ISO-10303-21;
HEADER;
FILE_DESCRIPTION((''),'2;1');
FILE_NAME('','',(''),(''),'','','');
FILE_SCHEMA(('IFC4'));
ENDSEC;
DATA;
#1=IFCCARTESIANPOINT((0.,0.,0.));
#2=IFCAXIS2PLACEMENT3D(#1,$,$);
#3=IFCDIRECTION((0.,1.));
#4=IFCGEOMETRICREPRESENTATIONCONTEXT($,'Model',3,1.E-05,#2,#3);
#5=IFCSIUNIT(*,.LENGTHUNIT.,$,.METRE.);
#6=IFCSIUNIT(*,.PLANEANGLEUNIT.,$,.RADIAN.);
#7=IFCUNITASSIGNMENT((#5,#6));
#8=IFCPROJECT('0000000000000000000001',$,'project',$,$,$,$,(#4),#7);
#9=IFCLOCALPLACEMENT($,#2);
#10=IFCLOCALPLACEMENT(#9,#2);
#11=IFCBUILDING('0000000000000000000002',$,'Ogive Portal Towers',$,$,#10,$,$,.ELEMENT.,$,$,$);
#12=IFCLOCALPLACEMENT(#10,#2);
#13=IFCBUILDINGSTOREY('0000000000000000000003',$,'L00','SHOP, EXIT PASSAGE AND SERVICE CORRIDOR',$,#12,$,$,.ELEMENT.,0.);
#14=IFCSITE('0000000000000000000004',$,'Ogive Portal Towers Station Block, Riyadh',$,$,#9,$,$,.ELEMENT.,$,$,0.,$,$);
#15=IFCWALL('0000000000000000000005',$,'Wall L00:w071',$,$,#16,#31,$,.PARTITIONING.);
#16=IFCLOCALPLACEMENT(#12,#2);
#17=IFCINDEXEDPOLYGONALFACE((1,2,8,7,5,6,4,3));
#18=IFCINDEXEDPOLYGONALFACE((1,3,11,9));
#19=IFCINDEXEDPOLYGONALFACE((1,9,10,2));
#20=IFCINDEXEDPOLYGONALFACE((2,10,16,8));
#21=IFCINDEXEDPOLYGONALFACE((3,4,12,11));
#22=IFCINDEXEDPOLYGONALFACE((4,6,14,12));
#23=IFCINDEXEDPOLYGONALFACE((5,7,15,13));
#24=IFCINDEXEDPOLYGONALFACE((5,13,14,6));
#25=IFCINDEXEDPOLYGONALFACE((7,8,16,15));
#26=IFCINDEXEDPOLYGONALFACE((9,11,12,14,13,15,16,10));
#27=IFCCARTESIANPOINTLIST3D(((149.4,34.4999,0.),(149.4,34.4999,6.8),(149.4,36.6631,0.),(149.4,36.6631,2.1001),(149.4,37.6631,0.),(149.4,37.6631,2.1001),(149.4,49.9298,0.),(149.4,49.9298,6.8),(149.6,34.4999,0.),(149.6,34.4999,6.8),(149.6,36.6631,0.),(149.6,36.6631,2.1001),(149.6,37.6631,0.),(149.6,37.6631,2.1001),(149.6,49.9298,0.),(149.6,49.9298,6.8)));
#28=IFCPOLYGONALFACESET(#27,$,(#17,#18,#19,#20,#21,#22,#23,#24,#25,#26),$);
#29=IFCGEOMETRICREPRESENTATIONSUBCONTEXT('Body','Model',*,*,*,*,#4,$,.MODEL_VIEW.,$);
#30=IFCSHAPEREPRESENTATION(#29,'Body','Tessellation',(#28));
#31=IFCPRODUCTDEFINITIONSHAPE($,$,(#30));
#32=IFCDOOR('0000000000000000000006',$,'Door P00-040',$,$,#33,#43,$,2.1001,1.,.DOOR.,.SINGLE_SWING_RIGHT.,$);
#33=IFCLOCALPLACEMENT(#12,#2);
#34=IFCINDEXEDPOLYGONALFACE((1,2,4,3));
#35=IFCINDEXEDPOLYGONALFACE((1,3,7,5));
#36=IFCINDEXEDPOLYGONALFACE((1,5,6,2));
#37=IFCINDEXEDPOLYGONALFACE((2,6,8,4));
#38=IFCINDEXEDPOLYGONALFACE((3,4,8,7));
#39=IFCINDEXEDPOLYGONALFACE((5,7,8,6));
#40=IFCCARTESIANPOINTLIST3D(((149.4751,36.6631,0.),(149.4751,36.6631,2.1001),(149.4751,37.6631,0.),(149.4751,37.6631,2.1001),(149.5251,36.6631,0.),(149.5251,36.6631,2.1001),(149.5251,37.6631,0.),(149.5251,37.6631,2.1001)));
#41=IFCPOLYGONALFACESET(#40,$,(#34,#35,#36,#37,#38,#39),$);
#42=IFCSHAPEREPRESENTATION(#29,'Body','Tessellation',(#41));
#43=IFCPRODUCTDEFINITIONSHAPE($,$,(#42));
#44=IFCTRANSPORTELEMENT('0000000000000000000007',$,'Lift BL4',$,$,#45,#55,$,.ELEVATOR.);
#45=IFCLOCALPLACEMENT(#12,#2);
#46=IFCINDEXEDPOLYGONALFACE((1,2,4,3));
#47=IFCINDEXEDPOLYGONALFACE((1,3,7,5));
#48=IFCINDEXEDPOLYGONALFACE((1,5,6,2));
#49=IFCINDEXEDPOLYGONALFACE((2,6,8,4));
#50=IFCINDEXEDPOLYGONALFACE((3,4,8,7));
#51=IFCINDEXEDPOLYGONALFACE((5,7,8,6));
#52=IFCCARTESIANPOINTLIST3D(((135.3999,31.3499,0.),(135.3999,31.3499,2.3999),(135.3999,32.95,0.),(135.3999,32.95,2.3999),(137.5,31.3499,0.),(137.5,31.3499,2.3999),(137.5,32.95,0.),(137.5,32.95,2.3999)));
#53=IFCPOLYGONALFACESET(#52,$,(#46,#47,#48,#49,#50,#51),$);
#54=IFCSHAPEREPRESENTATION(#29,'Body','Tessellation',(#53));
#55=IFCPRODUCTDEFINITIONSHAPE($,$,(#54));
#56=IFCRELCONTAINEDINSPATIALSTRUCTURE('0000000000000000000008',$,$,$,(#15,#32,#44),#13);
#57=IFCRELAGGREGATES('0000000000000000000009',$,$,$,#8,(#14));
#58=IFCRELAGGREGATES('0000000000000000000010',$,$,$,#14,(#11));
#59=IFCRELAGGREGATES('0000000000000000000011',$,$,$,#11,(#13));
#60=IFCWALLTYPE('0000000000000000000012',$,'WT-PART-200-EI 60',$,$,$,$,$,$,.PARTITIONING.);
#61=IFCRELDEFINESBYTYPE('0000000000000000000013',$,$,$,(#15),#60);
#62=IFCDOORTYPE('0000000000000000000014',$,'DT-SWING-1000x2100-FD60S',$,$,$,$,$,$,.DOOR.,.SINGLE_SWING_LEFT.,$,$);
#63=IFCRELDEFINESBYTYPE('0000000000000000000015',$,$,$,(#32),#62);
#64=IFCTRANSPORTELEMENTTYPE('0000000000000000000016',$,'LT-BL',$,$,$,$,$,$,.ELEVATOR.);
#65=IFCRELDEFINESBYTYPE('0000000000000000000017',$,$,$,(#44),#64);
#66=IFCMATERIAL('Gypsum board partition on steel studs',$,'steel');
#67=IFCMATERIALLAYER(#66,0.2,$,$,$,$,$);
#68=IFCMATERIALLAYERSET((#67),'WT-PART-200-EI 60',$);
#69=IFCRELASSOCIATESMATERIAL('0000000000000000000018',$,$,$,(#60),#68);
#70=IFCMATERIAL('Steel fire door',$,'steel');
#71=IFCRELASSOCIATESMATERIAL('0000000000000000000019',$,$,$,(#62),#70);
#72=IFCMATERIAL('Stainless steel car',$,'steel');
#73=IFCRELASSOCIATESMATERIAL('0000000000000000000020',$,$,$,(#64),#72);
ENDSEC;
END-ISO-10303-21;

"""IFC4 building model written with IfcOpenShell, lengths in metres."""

from ifc_helpers import new_model, si_unit, direction, frame, frame_2d, origin, origin_2d, place, context, subcontext, project, spatial, rectangle, extrude, material, layer, layer_set, type_object, element, fill, save


model = new_model("IFC4")

# Units and contexts
model_context = context("Model", 3, precision=1e-05, world=origin(), true_north=direction((0.0, 1.0)))
body_context = subcontext(model_context, "Body", "Model", "MODEL_VIEW")
ifc_project = project(units=[si_unit("LENGTHUNIT", "METRE"), si_unit("PLANEANGLEUNIT", "RADIAN")], contexts=[model_context])

# Site, building, storey
site_placement = place(None, origin())
site = spatial("IfcSite", under=ifc_project, at=site_placement, Name="Ogive Portal Towers Station Block, Riyadh", CompositionType="ELEMENT", RefElevation=0.0)
building_placement = place(site_placement, origin())
building = spatial("IfcBuilding", under=site, at=building_placement, Name="Ogive Portal Towers", CompositionType="ELEMENT")
storey_placement = place(building_placement, origin())
storey = spatial("IfcBuildingStorey", under=building, at=storey_placement, Name="L00", Description="SHOP, EXIT PASSAGE AND SERVICE CORRIDOR", CompositionType="ELEMENT", Elevation=0.0)

# Shared definitions
ifc_material_1 = material(Name="Gypsum board partition on steel studs", Category="steel")
ifc_layer_1 = layer(ifc_material_1, 0.2)
ifc_layer_set_1 = layer_set([ifc_layer_1], Name="WT-PART-200-EI 60")
wall_type_1 = type_object("IfcWallType", Name="WT-PART-200-EI 60", PredefinedType="PARTITIONING", material=ifc_layer_set_1)

# Shared definitions
ifc_material_2 = material(Name="Steel fire door", Category="steel")

# Wall, opening, door
door_type_1 = type_object("IfcDoorType", Name="DT-SWING-1000x2100-FD60S", OperationType="SINGLE_SWING_LEFT", PredefinedType="DOOR", material=ifc_material_2)
wall_1_placement = place(storey_placement, frame((149.5, 34.5, 0.0), z_axis=(0.0, 0.0, 1.0), x_axis=(0.0, 1.0, 0.0)))
wall_1 = element("IfcWall", 1, at=wall_1_placement, inside=storey, type_object=wall_type_1, Name="Wall L00:w071", PredefinedType="PARTITIONING", context=body_context, shape_type="SweptSolid", body=[
    extrude(rectangle(XDim=15.4299, YDim=0.2, at=frame_2d((7.7148, 0.0))), origin(), (0.0, 0.0, 1.0), 6.8),
])
opening_1_placement = place(wall_1_placement, frame((2.1631, 0.0, 0.0)))
opening_1 = element("IfcOpeningElement", 2, at=opening_1_placement, cuts=wall_1, PredefinedType="OPENING", context=body_context, shape_type="SweptSolid", body=[
    extrude(rectangle(XDim=1.0, YDim=2.1001, at=frame_2d((0.5, 1.05))), frame((0.0, 0.1099, 0.0), z_axis=(0.0, -1.0, 0.0), x_axis=(1.0, 0.0, 0.0)), (0.0, 0.0, 1.0), 0.22),
])
door_1_placement = place(opening_1_placement, origin())
door_1 = element("IfcDoor", 3, at=door_1_placement, inside=storey, type_object=door_type_1, Name="Door P00-040", OperationType="SINGLE_SWING_RIGHT", OverallHeight=2.1001, OverallWidth=1.0, PredefinedType="DOOR", context=body_context, shape_type="SweptSolid", body=[
    extrude(rectangle(XDim=1.0, YDim=2.1001, at=frame_2d((0.5, 1.05))), frame((0.0, 0.0249, 0.0), z_axis=(0.0, -1.0, 0.0), x_axis=(1.0, 0.0, 0.0)), (0.0, 0.0, 1.0), 0.05),
])
fill(opening_1, door_1)

# Transport element
ifc_material_3 = material(Name="Stainless steel car", Category="steel")
transport_element_type = type_object("IfcTransportElementType", Name="LT-BL", PredefinedType="ELEVATOR", material=ifc_material_3)
transport_element_placement = place(storey_placement, frame((136.45, 32.1499, 0.0), z_axis=(0.0, 0.0, 1.0), x_axis=(1.0, 0.0, 0.0)))
element("IfcTransportElement", 4, at=transport_element_placement, inside=storey, type_object=transport_element_type, Name="Lift BL4", PredefinedType="ELEVATOR", context=body_context, shape_type="SweptSolid", body=[
    extrude(rectangle(XDim=2.1001, YDim=1.6001, at=origin_2d()), origin(), (0.0, 0.0, 1.0), 2.3999),
])

save(model, "model.ifc")
